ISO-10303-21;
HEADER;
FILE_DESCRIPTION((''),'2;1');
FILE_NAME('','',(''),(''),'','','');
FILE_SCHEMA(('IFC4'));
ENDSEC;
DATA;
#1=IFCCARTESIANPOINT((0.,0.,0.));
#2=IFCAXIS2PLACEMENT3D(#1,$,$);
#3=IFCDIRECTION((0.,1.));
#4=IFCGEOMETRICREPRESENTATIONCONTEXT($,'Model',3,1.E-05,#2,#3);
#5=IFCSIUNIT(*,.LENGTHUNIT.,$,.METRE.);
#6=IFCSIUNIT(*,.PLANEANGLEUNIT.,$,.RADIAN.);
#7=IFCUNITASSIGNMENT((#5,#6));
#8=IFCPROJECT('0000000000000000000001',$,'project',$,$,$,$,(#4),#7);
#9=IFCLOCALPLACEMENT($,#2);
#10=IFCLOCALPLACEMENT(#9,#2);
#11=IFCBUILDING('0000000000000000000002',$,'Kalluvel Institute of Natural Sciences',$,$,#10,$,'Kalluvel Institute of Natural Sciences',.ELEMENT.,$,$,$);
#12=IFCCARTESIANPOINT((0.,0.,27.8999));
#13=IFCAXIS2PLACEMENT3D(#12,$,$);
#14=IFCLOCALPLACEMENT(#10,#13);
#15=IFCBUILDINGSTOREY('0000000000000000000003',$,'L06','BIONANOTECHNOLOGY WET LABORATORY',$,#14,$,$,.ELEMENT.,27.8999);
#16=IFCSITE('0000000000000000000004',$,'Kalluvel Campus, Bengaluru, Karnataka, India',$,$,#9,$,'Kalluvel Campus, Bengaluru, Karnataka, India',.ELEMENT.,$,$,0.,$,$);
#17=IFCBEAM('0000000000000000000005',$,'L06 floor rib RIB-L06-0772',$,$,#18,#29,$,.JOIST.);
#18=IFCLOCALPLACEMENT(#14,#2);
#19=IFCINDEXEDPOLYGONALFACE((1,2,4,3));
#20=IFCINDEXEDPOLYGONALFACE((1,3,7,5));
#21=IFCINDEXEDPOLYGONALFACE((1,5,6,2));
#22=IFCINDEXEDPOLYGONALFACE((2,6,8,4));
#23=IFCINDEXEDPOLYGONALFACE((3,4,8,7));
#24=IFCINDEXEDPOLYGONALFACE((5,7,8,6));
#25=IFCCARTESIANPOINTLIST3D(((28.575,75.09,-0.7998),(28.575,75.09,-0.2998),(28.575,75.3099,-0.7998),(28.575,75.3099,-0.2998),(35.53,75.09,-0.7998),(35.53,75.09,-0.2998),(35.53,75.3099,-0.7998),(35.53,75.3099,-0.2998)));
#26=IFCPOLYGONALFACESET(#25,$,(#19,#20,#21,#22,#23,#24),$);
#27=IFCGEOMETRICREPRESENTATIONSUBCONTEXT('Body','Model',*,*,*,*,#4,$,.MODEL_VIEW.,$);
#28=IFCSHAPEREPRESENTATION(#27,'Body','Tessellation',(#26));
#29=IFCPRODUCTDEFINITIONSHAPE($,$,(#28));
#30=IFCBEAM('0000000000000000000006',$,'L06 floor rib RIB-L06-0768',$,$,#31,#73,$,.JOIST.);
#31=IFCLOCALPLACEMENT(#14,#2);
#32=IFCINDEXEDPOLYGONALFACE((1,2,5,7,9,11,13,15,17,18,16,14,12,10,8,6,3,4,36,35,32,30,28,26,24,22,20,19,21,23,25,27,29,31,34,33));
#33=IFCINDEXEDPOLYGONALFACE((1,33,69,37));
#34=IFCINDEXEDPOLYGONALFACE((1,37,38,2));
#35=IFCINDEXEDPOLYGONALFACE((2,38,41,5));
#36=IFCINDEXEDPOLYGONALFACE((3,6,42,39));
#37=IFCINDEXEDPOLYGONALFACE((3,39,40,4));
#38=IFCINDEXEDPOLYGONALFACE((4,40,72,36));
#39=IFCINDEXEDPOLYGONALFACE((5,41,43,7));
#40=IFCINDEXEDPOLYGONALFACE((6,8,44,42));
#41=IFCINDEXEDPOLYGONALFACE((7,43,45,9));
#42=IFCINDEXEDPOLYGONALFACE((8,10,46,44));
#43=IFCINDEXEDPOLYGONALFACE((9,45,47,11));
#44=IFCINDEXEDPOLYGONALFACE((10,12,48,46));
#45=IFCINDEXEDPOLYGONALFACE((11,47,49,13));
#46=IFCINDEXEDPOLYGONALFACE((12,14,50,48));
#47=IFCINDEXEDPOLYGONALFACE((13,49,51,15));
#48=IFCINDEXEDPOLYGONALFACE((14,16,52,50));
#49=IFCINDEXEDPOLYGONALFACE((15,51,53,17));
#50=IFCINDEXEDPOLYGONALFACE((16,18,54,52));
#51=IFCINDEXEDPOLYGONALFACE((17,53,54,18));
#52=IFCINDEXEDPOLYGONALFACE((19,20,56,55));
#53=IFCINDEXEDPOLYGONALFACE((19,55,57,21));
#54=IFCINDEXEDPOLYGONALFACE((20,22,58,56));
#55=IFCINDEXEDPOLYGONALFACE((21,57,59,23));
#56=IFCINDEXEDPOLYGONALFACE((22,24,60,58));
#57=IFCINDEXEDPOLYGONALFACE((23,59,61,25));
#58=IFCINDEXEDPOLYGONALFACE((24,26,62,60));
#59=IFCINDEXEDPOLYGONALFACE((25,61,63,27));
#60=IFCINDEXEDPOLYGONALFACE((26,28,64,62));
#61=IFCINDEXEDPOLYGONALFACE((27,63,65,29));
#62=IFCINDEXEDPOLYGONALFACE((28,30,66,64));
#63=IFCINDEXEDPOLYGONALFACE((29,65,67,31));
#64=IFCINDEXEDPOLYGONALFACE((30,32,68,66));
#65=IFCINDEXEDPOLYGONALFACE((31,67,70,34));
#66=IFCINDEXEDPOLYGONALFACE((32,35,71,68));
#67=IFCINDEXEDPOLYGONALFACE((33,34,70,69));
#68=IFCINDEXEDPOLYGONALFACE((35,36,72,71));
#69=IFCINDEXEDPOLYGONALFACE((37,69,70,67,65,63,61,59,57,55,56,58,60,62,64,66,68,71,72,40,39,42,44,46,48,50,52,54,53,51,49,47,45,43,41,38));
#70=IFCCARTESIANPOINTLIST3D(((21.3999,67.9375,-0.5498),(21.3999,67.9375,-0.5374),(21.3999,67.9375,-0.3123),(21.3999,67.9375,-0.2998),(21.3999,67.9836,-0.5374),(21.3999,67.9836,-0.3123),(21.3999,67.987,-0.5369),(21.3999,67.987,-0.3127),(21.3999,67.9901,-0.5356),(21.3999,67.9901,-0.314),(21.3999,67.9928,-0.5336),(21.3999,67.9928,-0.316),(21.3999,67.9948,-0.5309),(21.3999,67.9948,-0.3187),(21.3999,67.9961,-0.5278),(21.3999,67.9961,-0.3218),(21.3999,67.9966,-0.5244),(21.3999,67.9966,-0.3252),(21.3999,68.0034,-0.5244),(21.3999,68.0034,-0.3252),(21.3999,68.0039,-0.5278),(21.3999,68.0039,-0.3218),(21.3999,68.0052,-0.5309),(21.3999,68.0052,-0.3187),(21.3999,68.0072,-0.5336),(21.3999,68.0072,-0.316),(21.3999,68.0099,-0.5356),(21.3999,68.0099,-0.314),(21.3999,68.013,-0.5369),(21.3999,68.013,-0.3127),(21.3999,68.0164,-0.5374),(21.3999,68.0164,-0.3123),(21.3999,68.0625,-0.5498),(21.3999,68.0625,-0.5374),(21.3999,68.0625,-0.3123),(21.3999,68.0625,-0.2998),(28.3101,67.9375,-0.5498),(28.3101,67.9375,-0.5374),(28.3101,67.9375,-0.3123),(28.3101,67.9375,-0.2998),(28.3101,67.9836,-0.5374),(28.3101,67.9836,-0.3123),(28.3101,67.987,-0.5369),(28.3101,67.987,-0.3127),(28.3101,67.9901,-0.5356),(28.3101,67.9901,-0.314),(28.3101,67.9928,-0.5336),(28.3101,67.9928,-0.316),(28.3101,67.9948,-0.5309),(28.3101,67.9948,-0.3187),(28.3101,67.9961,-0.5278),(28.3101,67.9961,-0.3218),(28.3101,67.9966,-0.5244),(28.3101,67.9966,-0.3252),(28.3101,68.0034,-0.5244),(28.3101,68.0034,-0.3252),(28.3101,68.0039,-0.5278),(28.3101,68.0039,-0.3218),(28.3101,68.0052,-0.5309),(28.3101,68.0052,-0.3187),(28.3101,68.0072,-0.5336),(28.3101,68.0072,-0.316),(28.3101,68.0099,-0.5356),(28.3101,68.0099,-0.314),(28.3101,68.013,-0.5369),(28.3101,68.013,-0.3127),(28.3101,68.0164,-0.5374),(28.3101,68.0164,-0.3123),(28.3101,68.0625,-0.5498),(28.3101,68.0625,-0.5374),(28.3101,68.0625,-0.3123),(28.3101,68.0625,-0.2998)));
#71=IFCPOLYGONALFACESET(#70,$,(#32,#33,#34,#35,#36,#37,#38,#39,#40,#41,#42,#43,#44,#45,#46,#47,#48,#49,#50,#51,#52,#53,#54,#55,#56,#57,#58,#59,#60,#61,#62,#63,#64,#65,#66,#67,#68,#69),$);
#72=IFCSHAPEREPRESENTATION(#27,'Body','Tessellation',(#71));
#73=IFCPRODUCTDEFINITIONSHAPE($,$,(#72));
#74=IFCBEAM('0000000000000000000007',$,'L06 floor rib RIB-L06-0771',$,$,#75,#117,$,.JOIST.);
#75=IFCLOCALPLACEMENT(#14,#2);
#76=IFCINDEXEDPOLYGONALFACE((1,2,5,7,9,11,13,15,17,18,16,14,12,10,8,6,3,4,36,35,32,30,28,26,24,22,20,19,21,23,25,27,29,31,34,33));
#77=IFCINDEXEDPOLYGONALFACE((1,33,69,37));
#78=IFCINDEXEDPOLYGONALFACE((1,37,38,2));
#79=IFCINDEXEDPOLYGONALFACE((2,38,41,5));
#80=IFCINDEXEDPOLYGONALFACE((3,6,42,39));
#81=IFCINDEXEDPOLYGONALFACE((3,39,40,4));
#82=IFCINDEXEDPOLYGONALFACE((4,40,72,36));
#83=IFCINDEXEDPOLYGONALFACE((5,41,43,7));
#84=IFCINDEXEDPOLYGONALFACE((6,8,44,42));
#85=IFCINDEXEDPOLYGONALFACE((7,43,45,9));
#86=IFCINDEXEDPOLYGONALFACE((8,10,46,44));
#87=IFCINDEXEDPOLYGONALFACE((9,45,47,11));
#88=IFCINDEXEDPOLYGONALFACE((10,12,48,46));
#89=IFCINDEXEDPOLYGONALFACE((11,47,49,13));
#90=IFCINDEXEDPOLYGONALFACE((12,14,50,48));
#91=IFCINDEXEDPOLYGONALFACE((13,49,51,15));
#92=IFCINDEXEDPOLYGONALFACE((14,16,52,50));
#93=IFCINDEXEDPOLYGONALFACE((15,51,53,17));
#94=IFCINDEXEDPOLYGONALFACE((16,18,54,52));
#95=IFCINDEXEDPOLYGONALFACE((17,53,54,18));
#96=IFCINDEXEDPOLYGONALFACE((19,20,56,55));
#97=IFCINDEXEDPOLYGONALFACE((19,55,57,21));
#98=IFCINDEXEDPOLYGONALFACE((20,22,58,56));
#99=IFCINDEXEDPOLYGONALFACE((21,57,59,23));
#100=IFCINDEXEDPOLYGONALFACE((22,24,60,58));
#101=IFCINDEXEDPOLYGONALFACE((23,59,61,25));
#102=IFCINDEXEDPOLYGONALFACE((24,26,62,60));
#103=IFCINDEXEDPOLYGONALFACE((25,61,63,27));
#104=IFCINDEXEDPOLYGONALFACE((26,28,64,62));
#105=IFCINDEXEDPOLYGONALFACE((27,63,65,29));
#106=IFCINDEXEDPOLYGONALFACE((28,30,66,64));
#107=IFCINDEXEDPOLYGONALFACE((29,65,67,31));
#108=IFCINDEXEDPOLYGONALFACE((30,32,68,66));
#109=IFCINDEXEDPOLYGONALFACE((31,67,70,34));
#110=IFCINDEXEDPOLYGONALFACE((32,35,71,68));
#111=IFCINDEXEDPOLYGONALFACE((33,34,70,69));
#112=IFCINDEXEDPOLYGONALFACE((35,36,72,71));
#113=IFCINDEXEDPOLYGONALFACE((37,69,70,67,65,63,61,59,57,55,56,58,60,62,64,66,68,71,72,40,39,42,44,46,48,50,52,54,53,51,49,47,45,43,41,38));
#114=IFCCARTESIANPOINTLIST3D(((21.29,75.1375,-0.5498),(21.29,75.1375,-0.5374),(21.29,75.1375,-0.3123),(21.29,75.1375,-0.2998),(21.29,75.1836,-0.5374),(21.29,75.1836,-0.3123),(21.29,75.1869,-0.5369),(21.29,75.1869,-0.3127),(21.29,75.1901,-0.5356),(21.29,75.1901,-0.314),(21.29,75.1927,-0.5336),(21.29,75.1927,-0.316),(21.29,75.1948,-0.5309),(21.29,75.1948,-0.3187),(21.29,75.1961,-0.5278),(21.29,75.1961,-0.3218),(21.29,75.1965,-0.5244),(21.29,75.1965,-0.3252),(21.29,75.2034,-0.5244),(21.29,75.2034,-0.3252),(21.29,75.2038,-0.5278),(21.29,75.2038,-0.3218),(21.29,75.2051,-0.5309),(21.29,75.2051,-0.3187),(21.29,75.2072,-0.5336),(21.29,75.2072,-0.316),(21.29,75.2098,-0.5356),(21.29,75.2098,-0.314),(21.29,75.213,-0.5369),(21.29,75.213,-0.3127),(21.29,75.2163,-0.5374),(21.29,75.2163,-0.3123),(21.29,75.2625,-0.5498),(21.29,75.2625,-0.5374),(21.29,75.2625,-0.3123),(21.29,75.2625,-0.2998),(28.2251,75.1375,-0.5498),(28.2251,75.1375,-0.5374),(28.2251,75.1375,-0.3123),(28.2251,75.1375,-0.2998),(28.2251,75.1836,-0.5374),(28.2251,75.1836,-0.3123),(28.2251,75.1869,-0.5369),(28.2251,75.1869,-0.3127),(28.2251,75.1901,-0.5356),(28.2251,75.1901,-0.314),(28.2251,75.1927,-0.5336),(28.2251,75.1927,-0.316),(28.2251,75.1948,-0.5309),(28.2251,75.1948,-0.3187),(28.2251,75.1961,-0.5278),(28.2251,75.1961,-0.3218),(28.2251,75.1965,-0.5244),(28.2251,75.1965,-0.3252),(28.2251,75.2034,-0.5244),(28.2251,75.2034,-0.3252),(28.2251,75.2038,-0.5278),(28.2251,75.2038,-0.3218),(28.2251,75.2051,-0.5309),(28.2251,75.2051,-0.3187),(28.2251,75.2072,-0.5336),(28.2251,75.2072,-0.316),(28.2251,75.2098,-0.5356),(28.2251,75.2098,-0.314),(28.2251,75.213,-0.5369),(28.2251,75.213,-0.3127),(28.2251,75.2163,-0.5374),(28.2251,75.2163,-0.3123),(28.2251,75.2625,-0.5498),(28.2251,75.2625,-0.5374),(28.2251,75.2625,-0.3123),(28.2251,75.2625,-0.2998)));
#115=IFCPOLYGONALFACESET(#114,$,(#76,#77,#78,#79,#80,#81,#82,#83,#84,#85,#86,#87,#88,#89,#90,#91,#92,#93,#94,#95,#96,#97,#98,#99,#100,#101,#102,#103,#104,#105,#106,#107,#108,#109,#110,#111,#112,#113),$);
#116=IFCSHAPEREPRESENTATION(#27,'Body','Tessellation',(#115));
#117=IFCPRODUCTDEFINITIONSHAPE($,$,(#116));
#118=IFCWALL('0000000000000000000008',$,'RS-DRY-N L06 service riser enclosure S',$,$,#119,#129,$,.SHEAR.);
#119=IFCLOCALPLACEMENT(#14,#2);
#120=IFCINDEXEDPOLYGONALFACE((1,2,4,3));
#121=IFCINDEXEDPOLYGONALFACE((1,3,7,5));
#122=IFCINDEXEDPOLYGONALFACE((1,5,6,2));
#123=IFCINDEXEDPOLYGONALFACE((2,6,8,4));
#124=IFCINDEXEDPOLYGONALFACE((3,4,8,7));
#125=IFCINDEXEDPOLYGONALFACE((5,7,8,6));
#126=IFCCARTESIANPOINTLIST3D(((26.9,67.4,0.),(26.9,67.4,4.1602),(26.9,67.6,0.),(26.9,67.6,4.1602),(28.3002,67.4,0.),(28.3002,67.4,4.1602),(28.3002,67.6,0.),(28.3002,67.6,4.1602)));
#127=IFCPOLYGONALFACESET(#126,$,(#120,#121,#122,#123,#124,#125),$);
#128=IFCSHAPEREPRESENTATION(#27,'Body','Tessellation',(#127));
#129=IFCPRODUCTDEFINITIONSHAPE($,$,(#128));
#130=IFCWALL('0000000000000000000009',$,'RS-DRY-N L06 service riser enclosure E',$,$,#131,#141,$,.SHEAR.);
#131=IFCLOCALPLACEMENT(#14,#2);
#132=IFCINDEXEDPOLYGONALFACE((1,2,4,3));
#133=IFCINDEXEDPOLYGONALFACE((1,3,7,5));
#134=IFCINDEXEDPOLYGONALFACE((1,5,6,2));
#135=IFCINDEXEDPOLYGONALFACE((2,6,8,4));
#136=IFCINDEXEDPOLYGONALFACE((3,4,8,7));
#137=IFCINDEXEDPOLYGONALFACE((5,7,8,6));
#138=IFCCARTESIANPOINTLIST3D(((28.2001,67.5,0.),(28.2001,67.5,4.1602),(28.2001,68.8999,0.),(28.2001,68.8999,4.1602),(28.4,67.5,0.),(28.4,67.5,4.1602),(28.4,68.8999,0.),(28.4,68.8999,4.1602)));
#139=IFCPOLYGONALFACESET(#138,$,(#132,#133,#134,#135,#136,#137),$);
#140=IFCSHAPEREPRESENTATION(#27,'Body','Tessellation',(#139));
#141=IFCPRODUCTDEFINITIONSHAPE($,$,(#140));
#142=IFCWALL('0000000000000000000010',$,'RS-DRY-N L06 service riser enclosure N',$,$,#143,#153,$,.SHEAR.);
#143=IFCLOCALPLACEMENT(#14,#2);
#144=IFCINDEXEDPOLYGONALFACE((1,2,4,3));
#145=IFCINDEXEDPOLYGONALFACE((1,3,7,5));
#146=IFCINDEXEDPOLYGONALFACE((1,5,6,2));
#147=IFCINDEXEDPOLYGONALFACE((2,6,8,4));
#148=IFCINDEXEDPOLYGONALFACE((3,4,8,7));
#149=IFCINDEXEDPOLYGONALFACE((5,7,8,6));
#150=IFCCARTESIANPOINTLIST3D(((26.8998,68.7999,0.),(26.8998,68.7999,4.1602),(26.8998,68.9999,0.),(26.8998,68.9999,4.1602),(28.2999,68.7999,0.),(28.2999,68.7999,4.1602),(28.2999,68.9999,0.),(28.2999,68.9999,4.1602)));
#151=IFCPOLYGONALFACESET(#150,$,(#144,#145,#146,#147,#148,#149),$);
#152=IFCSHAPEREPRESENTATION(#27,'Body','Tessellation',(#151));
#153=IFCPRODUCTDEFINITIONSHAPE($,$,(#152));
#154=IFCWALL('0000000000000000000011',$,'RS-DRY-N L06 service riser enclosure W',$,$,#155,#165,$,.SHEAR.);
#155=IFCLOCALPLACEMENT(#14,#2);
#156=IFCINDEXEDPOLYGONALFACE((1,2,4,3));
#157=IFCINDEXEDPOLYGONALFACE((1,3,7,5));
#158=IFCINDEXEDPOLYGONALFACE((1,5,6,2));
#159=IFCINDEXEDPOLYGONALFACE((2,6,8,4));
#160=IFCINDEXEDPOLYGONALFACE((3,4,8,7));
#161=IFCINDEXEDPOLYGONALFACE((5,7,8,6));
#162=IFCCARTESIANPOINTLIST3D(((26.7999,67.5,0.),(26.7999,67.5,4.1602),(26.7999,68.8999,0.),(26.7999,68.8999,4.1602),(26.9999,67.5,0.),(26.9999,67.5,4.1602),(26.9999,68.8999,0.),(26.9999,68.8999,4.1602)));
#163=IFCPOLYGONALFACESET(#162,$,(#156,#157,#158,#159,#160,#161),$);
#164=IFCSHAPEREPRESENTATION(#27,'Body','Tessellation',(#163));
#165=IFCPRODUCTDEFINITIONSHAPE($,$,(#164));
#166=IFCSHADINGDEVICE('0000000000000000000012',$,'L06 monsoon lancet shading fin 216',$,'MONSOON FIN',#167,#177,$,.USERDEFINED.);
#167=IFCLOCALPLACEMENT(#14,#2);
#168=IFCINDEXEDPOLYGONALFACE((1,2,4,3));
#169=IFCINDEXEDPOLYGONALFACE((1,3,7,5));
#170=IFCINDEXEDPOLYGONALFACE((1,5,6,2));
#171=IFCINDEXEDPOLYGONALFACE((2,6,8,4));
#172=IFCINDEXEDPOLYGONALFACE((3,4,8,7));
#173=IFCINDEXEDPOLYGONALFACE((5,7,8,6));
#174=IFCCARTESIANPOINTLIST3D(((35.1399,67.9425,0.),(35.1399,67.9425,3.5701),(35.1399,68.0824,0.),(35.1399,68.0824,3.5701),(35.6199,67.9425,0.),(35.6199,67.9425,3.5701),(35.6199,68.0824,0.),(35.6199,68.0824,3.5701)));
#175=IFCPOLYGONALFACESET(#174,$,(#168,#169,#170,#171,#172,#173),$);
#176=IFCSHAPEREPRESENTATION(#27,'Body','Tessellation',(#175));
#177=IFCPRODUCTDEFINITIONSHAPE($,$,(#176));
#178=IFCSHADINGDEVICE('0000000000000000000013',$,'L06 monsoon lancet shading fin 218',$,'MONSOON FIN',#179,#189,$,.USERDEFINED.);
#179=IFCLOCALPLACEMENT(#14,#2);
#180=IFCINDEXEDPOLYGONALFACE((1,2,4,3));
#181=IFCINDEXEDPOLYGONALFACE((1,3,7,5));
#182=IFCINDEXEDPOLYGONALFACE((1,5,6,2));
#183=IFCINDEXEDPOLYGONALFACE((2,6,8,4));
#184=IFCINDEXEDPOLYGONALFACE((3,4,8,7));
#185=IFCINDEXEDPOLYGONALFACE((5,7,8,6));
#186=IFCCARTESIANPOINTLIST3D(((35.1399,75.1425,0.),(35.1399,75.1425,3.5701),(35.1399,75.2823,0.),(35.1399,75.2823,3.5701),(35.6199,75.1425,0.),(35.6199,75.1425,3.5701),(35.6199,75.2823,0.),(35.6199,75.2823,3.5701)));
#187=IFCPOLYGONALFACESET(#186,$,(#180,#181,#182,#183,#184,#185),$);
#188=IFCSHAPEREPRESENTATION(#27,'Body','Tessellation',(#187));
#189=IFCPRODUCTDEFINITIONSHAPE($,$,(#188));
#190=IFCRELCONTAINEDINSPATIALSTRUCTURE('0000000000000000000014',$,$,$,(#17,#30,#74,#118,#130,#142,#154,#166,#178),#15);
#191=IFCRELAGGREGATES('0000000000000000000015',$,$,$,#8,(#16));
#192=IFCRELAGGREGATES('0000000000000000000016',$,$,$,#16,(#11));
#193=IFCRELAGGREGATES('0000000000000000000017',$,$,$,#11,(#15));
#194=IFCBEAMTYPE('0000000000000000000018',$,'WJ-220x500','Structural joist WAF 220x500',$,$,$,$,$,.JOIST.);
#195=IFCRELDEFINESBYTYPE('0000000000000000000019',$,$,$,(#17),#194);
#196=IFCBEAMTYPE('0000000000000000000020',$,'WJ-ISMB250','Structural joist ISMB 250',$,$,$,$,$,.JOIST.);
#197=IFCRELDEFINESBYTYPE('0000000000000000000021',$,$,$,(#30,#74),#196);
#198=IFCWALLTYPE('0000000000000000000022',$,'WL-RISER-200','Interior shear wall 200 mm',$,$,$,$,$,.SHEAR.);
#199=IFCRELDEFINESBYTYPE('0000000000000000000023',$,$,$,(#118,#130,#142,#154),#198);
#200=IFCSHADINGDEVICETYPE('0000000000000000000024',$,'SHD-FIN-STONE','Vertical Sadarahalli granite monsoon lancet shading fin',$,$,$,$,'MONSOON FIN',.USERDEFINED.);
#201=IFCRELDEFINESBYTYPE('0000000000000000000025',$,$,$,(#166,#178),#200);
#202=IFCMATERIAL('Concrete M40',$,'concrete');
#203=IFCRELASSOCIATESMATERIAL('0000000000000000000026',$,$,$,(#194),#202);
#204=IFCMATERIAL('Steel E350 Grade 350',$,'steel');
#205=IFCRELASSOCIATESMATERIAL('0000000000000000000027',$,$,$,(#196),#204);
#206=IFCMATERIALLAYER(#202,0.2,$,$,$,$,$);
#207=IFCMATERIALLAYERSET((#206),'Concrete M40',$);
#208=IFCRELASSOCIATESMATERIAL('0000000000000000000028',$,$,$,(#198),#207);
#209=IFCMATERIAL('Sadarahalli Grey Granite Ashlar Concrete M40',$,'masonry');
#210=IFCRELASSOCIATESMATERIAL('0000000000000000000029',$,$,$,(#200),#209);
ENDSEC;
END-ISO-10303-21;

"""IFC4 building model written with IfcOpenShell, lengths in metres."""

from ifc_helpers import new_model, si_unit, direction, frame, frame_2d, origin, origin_2d, place, context, subcontext, project, spatial, rectangle, i_section, extrude, material, layer, layer_set, material_profile, profile_set, type_object, element, save


model = new_model("IFC4")

# Units and contexts
model_context = context("Model", 3, precision=1e-05, world=origin(), true_north=direction((0.0, 1.0)))
body_context = subcontext(model_context, "Body", "Model", "MODEL_VIEW")
ifc_project = project(units=[si_unit("LENGTHUNIT", "METRE"), si_unit("PLANEANGLEUNIT", "RADIAN")], contexts=[model_context])

# Site, building, storey
site_placement = place(None, origin())
site = spatial("IfcSite", under=ifc_project, at=site_placement, Name="Kalluvel Campus, Bengaluru, Karnataka, India", LongName="Kalluvel Campus, Bengaluru, Karnataka, India", CompositionType="ELEMENT", RefElevation=0.0)
building_placement = place(site_placement, origin())
building = spatial("IfcBuilding", under=site, at=building_placement, Name="Kalluvel Institute of Natural Sciences", LongName="Kalluvel Institute of Natural Sciences", CompositionType="ELEMENT")
storey_placement = place(building_placement, frame((0.0, 0.0, 27.8999)))
storey = spatial("IfcBuildingStorey", under=building, at=storey_placement, Name="L06", Description="BIONANOTECHNOLOGY WET LABORATORY", CompositionType="ELEMENT", Elevation=27.8999)

# Shared definitions
ifc_material_1 = material(Name="Steel E350 Grade 350", Category="steel")
ifc_material_2 = material(Name="Concrete M40", Category="concrete")

# Beams
ifc_material_profile_1 = material_profile(ifc_material_2, rectangle(XDim=0.22, YDim=0.5, at=origin_2d()), Name="WAF 220x500")
ifc_profile_set_1 = profile_set([ifc_material_profile_1], Name="Concrete M40")
beam_type_1 = type_object("IfcBeamType", Name="WJ-220x500", Description="Structural joist WAF 220x500", PredefinedType="JOIST", material=ifc_profile_set_1)
beam_1_placement = place(storey_placement, frame((28.575, 75.2, -0.5498), z_axis=(1.0, 0.0, 0.0), x_axis=(0.0, 1.0, 0.0)))
element("IfcBeam", 1, at=beam_1_placement, inside=storey, type_object=beam_type_1, Name="L06 floor rib RIB-L06-0772", PredefinedType="JOIST", context=body_context, shape_type="SweptSolid", body=[
    extrude(rectangle(XDim=0.22, YDim=0.5, at=origin_2d()), origin(), (0.0, 0.0, 1.0), 6.9551),
])
ifc_material_profile_2 = material_profile(ifc_material_1, i_section(OverallWidth=0.125, OverallDepth=0.25, WebThickness=0.0068, FlangeThickness=0.0125, FilletRadius=0.0129, at=origin_2d()), Name="ISMB 250")
ifc_profile_set_2 = profile_set([ifc_material_profile_2], Name="Steel E350 Grade 350")
beam_type_2 = type_object("IfcBeamType", Name="WJ-ISMB250", Description="Structural joist ISMB 250", PredefinedType="JOIST", material=ifc_profile_set_2)
beam_2_placement = place(storey_placement, frame((21.3999, 68.0, -0.4248), z_axis=(1.0, 0.0, 0.0), x_axis=(0.0, 1.0, 0.0)))
element("IfcBeam", 2, at=beam_2_placement, inside=storey, type_object=beam_type_2, Name="L06 floor rib RIB-L06-0768", PredefinedType="JOIST", context=body_context, shape_type="SweptSolid", body=[
    extrude(i_section(OverallWidth=0.125, OverallDepth=0.25, WebThickness=0.0068, FlangeThickness=0.0125, FilletRadius=0.0129, at=origin_2d()), origin(), (0.0, 0.0, 1.0), 6.9102),
])
beam_3_placement = place(storey_placement, frame((21.29, 75.2, -0.4248), z_axis=(1.0, 0.0, 0.0), x_axis=(0.0, 1.0, 0.0)))
element("IfcBeam", 3, at=beam_3_placement, inside=storey, type_object=beam_type_2, Name="L06 floor rib RIB-L06-0771", PredefinedType="JOIST", context=body_context, shape_type="SweptSolid", body=[
    extrude(i_section(OverallWidth=0.125, OverallDepth=0.25, WebThickness=0.0068, FlangeThickness=0.0125, FilletRadius=0.0129, at=origin_2d()), origin(), (0.0, 0.0, 1.0), 6.9351),
])

# Walls
ifc_layer = layer(ifc_material_2, 0.2)
ifc_layer_set = layer_set([ifc_layer], Name="Concrete M40")
wall_type = type_object("IfcWallType", Name="WL-RISER-200", Description="Interior shear wall 200 mm", PredefinedType="SHEAR", material=ifc_layer_set)
wall_1_placement = place(storey_placement, frame((26.8999, 67.5, 0.0), z_axis=(0.0, 0.0, 1.0), x_axis=(1.0, 0.0, 0.0)))
element("IfcWall", 4, at=wall_1_placement, inside=storey, type_object=wall_type, Name="RS-DRY-N L06 service riser enclosure S", PredefinedType="SHEAR", context=body_context, shape_type="SweptSolid", body=[
    extrude(rectangle(XDim=1.4001, YDim=0.2, at=frame_2d((0.7002, 0.0))), origin(), (0.0, 0.0, 1.0), 4.1602),
])
wall_2_placement = place(storey_placement, frame((28.3, 67.5, 0.0), z_axis=(0.0, 0.0, 1.0), x_axis=(0.0, 1.0, 0.0)))
element("IfcWall", 5, at=wall_2_placement, inside=storey, type_object=wall_type, Name="RS-DRY-N L06 service riser enclosure E", PredefinedType="SHEAR", context=body_context, shape_type="SweptSolid", body=[
    extrude(rectangle(XDim=1.3999, YDim=0.2, at=frame_2d((0.7, 0.0))), origin(), (0.0, 0.0, 1.0), 4.1602),
])
wall_3_placement = place(storey_placement, frame((28.3, 68.8999, 0.0), z_axis=(0.0, 0.0, 1.0), x_axis=(-1.0, 0.0, 0.0)))
element("IfcWall", 6, at=wall_3_placement, inside=storey, type_object=wall_type, Name="RS-DRY-N L06 service riser enclosure N", PredefinedType="SHEAR", context=body_context, shape_type="SweptSolid", body=[
    extrude(rectangle(XDim=1.4001, YDim=0.2, at=frame_2d((0.7002, 0.0))), origin(), (0.0, 0.0, 1.0), 4.1602),
])
wall_4_placement = place(storey_placement, frame((26.8999, 68.8999, 0.0), z_axis=(0.0, 0.0, 1.0), x_axis=(0.0, -1.0, 0.0)))
element("IfcWall", 7, at=wall_4_placement, inside=storey, type_object=wall_type, Name="RS-DRY-N L06 service riser enclosure W", PredefinedType="SHEAR", context=body_context, shape_type="SweptSolid", body=[
    extrude(rectangle(XDim=1.3999, YDim=0.2, at=frame_2d((0.7, 0.0))), origin(), (0.0, 0.0, 1.0), 4.1602),
])

# Shading devices
ifc_material_3 = material(Name="Sadarahalli Grey Granite Ashlar Concrete M40", Category="masonry")
shading_device_type_1 = type_object("IfcShadingDeviceType", Name="SHD-FIN-STONE", Description="Vertical Sadarahalli granite monsoon lancet shading fin", ElementType="MONSOON FIN", PredefinedType="USERDEFINED", material=ifc_material_3)
for number, where, z_axis, x_axis, name in (
    (8, (35.3799, 68.0125, 0.0), (0.0, 0.0, 1.0), (0.0, 1.0, 0.0), "L06 monsoon lancet shading fin 216"),
    (9, (35.3799, 75.2124, 0.0), (0.0, 0.0, 1.0), (0.0, 1.0, 0.0), "L06 monsoon lancet shading fin 218"),
):
    element("IfcShadingDevice", number, at=place(storey_placement, frame(where, z_axis=z_axis, x_axis=x_axis)), inside=storey, type_object=shading_device_type_1, Name=name, ObjectType="MONSOON FIN", PredefinedType="USERDEFINED", context=body_context, shape_type="SweptSolid", body=[
        extrude(rectangle(XDim=0.1399, YDim=0.48, at=origin_2d()), origin(), (0.0, 0.0, 1.0), 3.5701),
    ])

save(model, "model.ifc")
